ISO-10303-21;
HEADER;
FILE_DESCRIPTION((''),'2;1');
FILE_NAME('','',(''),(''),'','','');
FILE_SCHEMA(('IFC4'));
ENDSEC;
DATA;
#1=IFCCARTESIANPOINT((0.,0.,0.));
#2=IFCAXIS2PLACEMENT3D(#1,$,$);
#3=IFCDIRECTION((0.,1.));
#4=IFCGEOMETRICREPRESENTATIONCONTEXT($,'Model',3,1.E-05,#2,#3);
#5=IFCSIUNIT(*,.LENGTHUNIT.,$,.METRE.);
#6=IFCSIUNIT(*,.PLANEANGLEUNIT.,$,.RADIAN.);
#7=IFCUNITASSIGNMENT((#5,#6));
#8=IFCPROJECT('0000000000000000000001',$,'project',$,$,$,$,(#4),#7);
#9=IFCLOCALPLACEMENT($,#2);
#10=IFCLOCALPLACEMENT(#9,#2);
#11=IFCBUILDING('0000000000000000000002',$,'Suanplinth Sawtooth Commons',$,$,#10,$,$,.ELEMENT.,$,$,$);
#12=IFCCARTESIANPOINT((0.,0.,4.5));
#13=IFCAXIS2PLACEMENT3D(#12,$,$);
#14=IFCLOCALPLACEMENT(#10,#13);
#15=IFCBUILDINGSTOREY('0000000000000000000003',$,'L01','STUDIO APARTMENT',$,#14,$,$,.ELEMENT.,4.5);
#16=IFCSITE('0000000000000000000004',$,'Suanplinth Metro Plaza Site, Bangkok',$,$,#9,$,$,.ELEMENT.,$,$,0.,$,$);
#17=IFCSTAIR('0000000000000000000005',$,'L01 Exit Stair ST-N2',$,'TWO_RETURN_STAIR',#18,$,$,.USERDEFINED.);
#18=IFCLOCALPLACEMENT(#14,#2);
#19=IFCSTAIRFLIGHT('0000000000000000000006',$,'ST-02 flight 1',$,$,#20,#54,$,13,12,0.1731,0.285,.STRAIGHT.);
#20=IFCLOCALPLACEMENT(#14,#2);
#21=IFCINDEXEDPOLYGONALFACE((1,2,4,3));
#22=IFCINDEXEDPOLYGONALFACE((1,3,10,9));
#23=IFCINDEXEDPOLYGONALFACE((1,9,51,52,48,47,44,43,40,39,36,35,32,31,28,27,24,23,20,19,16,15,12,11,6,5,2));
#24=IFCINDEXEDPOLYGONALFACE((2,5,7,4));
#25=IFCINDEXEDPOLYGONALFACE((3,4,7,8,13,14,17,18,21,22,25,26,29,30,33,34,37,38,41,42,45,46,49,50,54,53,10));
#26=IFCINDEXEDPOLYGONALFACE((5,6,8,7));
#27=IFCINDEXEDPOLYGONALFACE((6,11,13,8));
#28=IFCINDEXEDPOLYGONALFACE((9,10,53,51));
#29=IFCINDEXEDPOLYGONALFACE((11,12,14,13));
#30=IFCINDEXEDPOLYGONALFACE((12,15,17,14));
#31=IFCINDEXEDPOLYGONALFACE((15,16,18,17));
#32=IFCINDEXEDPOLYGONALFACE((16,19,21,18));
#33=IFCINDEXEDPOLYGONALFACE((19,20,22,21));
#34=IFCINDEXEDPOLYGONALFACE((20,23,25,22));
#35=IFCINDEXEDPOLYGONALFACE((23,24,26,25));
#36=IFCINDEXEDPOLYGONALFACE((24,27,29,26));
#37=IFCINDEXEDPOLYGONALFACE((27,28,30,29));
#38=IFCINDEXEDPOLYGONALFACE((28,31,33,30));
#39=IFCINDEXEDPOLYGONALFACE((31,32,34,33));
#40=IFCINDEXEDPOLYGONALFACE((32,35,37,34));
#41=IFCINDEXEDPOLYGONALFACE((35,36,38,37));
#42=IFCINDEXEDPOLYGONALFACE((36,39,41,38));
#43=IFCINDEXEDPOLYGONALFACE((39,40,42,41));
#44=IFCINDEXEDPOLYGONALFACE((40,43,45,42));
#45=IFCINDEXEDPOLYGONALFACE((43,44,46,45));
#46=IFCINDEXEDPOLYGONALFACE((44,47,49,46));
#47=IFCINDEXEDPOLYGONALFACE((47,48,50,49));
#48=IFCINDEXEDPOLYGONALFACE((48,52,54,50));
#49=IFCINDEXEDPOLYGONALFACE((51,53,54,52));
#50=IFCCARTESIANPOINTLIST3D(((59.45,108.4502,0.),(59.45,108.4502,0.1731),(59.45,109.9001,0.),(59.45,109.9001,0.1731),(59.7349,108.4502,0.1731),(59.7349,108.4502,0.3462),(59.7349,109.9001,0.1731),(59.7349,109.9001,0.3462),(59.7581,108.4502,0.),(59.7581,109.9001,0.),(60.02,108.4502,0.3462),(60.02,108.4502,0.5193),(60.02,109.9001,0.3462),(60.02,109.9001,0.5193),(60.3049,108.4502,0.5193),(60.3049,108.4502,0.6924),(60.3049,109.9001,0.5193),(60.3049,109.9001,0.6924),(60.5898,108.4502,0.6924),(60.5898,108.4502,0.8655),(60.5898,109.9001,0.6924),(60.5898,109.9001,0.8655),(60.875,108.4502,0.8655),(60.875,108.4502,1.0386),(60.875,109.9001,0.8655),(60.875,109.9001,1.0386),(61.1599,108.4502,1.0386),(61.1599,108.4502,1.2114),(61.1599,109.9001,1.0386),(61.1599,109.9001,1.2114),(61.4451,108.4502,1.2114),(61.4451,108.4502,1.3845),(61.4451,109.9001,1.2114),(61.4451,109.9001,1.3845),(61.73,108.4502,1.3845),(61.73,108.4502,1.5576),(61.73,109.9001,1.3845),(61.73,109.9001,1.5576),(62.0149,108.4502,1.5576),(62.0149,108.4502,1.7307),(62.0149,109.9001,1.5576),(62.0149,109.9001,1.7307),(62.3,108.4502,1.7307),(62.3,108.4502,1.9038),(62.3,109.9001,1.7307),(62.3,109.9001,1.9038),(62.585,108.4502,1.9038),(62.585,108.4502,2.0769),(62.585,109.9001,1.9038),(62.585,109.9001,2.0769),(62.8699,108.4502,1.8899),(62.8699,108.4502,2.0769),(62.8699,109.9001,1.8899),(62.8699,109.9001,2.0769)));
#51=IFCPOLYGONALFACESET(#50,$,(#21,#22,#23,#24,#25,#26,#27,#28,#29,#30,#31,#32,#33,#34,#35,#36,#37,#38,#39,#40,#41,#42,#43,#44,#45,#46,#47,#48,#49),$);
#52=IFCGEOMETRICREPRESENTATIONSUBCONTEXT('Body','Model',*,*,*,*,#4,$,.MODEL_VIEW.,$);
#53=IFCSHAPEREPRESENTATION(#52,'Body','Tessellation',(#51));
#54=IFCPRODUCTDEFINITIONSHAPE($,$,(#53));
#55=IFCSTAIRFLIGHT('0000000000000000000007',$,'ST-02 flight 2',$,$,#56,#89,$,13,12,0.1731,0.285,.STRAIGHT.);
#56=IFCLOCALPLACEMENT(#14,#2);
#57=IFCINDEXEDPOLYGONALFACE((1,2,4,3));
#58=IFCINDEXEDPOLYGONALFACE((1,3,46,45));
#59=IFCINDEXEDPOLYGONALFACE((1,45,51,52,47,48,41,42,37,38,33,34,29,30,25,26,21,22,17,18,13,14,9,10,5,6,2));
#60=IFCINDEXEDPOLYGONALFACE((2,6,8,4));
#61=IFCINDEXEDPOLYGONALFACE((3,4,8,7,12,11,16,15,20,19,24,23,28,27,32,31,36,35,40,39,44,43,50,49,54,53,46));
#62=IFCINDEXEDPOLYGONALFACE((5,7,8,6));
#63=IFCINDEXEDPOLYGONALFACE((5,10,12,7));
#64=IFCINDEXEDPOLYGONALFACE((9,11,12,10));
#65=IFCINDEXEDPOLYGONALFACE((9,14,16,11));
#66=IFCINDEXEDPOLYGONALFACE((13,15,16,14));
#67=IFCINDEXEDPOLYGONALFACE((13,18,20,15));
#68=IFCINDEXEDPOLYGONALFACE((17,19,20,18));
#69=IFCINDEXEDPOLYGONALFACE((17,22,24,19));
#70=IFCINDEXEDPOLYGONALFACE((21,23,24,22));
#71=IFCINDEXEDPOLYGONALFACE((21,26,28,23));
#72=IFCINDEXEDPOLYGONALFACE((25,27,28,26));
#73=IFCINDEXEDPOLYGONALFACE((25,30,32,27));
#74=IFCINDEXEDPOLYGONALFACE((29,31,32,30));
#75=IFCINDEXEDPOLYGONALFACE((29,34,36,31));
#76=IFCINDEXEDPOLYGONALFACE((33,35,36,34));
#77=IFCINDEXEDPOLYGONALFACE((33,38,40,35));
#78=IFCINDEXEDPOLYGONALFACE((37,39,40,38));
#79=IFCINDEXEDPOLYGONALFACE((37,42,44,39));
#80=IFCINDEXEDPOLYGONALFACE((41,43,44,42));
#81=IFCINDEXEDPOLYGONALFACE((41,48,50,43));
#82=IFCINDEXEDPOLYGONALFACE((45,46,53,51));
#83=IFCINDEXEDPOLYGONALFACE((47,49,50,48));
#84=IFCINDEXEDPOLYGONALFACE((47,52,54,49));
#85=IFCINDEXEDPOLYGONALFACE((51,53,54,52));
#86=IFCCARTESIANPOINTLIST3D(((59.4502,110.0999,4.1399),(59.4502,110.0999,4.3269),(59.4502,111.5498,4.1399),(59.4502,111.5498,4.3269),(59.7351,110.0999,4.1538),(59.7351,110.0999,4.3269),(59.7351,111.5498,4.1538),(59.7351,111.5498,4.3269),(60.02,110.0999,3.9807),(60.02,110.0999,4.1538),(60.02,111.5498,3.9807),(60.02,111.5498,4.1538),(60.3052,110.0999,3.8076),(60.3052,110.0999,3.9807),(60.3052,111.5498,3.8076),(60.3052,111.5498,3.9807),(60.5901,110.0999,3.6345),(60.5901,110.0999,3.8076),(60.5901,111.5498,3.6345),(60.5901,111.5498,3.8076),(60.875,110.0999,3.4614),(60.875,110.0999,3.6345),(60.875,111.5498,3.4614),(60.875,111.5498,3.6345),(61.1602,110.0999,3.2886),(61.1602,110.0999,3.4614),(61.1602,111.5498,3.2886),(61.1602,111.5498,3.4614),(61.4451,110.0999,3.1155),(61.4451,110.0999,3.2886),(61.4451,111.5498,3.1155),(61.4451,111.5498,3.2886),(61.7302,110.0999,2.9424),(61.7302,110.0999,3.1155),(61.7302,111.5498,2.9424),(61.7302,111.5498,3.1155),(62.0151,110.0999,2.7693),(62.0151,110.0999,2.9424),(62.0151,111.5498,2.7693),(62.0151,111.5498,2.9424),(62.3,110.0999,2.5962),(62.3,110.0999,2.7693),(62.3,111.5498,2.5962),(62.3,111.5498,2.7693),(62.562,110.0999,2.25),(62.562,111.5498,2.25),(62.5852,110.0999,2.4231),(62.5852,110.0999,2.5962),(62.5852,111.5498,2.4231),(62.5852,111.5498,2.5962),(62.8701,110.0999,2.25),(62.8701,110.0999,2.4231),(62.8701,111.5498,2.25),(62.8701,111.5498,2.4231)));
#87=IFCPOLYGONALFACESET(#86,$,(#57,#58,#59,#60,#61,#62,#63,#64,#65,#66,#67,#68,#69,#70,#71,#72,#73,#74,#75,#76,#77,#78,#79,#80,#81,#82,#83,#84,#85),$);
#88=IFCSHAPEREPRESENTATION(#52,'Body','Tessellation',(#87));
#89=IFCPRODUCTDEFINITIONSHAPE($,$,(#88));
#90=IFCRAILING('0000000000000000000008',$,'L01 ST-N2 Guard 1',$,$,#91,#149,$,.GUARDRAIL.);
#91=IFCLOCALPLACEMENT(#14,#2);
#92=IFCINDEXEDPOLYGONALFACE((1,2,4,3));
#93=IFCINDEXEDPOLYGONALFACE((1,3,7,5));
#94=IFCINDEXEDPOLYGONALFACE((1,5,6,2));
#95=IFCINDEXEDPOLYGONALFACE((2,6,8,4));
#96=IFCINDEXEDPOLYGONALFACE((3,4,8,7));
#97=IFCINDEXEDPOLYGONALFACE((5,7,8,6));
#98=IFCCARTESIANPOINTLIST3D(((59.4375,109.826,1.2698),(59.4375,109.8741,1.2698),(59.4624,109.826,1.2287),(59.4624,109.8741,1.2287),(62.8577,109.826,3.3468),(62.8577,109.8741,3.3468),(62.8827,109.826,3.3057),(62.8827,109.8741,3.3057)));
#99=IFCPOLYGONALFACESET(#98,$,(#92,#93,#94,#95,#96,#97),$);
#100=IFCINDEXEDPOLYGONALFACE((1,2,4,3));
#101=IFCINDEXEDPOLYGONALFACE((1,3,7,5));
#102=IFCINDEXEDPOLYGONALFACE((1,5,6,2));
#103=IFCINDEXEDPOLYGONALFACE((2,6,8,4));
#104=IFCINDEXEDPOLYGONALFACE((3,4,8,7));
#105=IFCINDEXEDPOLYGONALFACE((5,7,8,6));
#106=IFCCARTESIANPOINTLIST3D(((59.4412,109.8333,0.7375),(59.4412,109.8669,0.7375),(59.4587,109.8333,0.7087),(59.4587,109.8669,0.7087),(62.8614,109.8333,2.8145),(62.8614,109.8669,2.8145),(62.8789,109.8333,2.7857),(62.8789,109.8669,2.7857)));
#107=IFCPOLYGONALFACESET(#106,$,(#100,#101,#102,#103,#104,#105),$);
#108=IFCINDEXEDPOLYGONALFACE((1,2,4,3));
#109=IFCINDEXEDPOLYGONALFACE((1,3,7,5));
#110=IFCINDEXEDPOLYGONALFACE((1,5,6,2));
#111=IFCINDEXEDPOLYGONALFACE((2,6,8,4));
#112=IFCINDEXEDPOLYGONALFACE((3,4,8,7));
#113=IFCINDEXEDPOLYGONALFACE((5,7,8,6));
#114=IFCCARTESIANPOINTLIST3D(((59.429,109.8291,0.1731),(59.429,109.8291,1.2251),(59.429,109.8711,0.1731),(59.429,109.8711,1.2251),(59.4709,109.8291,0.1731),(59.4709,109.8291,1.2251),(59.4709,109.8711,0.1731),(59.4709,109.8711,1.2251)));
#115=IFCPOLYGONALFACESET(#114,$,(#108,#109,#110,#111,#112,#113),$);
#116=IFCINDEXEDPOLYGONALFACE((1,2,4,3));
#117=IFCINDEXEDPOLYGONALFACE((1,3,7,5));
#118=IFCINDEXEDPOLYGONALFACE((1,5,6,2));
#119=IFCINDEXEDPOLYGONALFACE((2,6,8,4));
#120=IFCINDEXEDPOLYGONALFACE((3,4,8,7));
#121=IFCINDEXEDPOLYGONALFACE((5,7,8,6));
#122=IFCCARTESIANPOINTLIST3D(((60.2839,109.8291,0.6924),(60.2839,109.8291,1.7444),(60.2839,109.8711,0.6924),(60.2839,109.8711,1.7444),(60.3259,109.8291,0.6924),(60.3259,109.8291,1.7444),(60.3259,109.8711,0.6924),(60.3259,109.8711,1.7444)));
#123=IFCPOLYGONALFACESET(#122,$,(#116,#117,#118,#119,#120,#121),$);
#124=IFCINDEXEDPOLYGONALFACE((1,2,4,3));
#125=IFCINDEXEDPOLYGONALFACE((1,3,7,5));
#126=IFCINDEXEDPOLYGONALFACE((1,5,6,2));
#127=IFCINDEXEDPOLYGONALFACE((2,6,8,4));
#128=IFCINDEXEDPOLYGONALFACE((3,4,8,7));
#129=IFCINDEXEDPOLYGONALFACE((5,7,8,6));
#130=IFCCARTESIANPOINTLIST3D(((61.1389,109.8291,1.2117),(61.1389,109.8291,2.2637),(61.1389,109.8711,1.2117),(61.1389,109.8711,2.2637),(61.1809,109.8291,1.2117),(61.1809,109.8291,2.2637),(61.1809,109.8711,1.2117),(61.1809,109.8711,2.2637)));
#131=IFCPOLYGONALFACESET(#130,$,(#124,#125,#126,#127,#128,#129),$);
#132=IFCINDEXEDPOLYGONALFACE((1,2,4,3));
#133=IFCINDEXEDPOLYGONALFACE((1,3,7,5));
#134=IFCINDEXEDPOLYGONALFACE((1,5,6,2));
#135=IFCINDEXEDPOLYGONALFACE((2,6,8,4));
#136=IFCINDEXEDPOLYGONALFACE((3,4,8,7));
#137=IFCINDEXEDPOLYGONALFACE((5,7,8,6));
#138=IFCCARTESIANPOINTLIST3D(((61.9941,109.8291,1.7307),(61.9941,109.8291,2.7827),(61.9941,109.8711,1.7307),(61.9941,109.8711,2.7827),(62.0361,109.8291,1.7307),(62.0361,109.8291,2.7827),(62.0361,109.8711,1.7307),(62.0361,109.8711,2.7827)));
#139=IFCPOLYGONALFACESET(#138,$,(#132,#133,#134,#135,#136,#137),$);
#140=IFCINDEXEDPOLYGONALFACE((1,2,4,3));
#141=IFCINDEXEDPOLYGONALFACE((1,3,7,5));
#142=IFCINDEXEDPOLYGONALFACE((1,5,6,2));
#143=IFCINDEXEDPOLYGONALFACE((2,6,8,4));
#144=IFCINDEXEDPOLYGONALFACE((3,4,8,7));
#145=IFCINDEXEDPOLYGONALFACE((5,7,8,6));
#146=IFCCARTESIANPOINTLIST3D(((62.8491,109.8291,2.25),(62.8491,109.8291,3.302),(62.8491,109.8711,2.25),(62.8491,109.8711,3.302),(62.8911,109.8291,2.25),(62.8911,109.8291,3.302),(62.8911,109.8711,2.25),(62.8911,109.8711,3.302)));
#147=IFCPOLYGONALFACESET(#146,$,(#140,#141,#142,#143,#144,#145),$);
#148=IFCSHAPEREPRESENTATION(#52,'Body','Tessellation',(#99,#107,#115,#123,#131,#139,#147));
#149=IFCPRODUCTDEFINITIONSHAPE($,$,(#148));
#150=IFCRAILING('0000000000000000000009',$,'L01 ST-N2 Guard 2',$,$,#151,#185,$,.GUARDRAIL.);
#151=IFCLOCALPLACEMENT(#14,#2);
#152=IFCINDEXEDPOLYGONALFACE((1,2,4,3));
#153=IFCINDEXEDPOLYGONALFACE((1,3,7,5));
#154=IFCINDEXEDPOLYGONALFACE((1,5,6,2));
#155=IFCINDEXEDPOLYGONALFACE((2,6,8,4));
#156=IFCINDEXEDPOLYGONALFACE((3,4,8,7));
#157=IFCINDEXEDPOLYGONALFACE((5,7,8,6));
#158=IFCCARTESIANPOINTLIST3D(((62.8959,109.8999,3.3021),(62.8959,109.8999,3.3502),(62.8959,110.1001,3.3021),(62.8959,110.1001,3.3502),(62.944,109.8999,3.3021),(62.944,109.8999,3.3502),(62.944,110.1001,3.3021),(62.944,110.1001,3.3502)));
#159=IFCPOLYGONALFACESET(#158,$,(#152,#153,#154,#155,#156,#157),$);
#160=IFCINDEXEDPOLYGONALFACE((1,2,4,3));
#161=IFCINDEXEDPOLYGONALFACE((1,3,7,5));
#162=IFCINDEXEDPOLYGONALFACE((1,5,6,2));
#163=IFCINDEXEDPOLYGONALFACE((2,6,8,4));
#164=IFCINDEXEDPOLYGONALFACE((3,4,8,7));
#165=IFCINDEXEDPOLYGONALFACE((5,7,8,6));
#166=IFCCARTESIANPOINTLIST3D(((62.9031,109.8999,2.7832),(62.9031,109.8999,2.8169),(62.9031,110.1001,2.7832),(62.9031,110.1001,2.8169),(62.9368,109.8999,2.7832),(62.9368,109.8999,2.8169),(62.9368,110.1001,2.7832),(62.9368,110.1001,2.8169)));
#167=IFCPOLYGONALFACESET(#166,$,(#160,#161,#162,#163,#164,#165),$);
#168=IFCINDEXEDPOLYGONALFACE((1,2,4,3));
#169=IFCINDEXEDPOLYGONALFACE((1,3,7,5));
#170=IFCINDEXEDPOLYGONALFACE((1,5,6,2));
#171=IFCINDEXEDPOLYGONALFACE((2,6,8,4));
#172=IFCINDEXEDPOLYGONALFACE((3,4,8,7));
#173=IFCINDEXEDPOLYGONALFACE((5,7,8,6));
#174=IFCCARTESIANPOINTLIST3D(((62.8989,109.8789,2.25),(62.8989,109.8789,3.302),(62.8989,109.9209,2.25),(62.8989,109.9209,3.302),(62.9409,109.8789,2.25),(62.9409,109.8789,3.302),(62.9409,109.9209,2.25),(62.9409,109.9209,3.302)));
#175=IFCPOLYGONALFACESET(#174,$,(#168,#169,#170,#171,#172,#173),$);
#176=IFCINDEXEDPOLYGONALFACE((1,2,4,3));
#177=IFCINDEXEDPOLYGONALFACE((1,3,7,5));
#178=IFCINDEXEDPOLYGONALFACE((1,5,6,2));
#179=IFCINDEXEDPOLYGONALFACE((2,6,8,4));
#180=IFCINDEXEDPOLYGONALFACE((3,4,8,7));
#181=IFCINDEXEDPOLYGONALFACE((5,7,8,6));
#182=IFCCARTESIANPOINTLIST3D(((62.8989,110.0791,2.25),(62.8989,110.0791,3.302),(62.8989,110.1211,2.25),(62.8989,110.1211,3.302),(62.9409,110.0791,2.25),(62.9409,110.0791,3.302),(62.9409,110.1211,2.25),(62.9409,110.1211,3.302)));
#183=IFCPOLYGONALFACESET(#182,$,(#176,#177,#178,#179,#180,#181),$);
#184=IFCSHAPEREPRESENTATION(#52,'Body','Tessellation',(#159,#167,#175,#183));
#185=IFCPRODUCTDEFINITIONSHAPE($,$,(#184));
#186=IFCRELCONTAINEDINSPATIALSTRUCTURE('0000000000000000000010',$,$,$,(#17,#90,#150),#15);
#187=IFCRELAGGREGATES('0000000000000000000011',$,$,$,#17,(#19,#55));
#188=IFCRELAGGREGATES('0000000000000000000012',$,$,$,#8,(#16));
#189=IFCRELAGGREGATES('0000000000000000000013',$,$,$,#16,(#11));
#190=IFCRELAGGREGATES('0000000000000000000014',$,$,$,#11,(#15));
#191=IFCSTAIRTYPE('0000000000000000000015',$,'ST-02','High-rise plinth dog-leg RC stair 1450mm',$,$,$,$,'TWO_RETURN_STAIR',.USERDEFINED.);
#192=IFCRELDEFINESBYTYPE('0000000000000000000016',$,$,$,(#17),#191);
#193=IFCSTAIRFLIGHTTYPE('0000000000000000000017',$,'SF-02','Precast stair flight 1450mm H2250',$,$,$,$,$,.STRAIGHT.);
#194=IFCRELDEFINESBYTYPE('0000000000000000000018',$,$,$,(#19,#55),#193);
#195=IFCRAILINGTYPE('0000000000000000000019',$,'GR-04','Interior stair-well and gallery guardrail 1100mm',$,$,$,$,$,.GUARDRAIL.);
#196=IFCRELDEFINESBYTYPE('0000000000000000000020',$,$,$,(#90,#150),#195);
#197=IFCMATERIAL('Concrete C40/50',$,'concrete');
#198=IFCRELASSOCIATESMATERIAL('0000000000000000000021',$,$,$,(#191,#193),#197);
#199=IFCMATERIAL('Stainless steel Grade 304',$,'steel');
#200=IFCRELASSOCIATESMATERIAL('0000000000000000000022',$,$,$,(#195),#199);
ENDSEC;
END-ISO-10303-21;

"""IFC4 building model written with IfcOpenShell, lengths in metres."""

from ifc_helpers import new_model, si_unit, direction, frame, origin, origin_2d, place, context, subcontext, project, spatial, polyline, rectangle, outline, extrude, material, type_object, element, aggregate, save


model = new_model("IFC4")

# Units and contexts
model_context = context("Model", 3, precision=1e-05, world=origin(), true_north=direction((0.0, 1.0)))
body_context = subcontext(model_context, "Body", "Model", "MODEL_VIEW")
ifc_project = project(units=[si_unit("LENGTHUNIT", "METRE"), si_unit("PLANEANGLEUNIT", "RADIAN")], contexts=[model_context])

# Site, building, storey
site_placement = place(None, origin())
site = spatial("IfcSite", under=ifc_project, at=site_placement, Name="Suanplinth Metro Plaza Site, Bangkok", CompositionType="ELEMENT", RefElevation=0.0)
building_placement = place(site_placement, origin())
building = spatial("IfcBuilding", under=site, at=building_placement, Name="Suanplinth Sawtooth Commons", CompositionType="ELEMENT")
storey_placement = place(building_placement, frame((0.0, 0.0, 4.5)))
storey = spatial("IfcBuildingStorey", under=building, at=storey_placement, Name="L01", Description="STUDIO APARTMENT", CompositionType="ELEMENT", Elevation=4.5)

# Shared definitions
ifc_material_1 = material(Name="Concrete C40/50", Category="concrete")

# Shared definitions
ifc_material_2 = material(Name="Stainless steel Grade 304", Category="steel")

# Stair, stair flights
stair_type = type_object("IfcStairType", Name="ST-02", Description="High-rise plinth dog-leg RC stair 1450mm", ElementType="TWO_RETURN_STAIR", PredefinedType="USERDEFINED", material=ifc_material_1)
stair_placement = place(storey_placement, origin())
stair = element("IfcStair", 1, at=stair_placement, inside=storey, type_object=stair_type, Name="L01 Exit Stair ST-N2", ObjectType="TWO_RETURN_STAIR", PredefinedType="USERDEFINED")
stair_flight_type = type_object("IfcStairFlightType", Name="SF-02", Description="Precast stair flight 1450mm H2250", PredefinedType="STRAIGHT", material=ifc_material_1)
stair_flight_1_placement = place(storey_placement, frame((59.45, 109.175, 0.0), z_axis=(0.0, 0.0, 1.0), x_axis=(1.0, 0.0, 0.0)))
stair_flight_1 = element("IfcStairFlight", 2, at=stair_flight_1_placement, type_object=stair_flight_type, Name="ST-02 flight 1", NumberOfRisers=13, NumberOfTreads=12, PredefinedType="STRAIGHT", RiserHeight=0.1731, TreadLength=0.285, context=body_context, shape_type="SweptSolid", body=[
    extrude(outline(polyline([(0.0, 0.0), (0.0, 0.1731), (0.2849, 0.1731), (0.2849, 0.3462), (0.5701, 0.3462), (0.5701, 0.5193), (0.855, 0.5193), (0.855, 0.6924), (1.1399, 0.6924), (1.1399, 0.8655), (1.425, 0.8655), (1.425, 1.0386), (1.71, 1.0386), (1.71, 1.2114), (1.9951, 1.2114), (1.9951, 1.3845), (2.28, 1.3845), (2.28, 1.5576), (2.5649, 1.5576), (2.5649, 1.7307), (2.8501, 1.7307), (2.8501, 1.9038), (3.135, 1.9038), (3.135, 2.0769), (3.4199, 2.0769), (3.4199, 2.25), (3.4199, 1.8899), (0.3081, 0.0), (0.0, 0.0)])), frame((0.0, 0.7251, 0.0), z_axis=(0.0, -1.0, 0.0), x_axis=(1.0, 0.0, 0.0)), (0.0, 0.0, 1.0), 1.45),
])
stair_flight_2_placement = place(storey_placement, frame((62.8701, 110.825, 2.25), z_axis=(0.0, 0.0, 1.0), x_axis=(-1.0, 0.0, 0.0)))
stair_flight_2 = element("IfcStairFlight", 3, at=stair_flight_2_placement, type_object=stair_flight_type, Name="ST-02 flight 2", NumberOfRisers=13, NumberOfTreads=12, PredefinedType="STRAIGHT", RiserHeight=0.1731, TreadLength=0.285, context=body_context, shape_type="SweptSolid", body=[
    extrude(outline(polyline([(0.0, 0.0), (0.0, 0.1731), (0.2849, 0.1731), (0.2849, 0.3462), (0.5701, 0.3462), (0.5701, 0.5193), (0.855, 0.5193), (0.855, 0.6924), (1.1399, 0.6924), (1.1399, 0.8655), (1.425, 0.8655), (1.425, 1.0386), (1.71, 1.0386), (1.71, 1.2114), (1.9951, 1.2114), (1.9951, 1.3845), (2.28, 1.3845), (2.28, 1.5576), (2.5649, 1.5576), (2.5649, 1.7307), (2.8501, 1.7307), (2.8501, 1.9038), (3.135, 1.9038), (3.135, 2.0769), (3.4199, 2.0769), (3.4199, 2.25), (3.4199, 1.8899), (0.3081, 0.0), (0.0, 0.0)])), frame((0.0, 0.7251, 0.0), z_axis=(0.0, -1.0, 0.0), x_axis=(1.0, 0.0, 0.0)), (0.0, 0.0, 1.0), 1.45),
])
aggregate(stair, [stair_flight_1, stair_flight_2])

# Railings
railing_type_1 = type_object("IfcRailingType", Name="GR-04", Description="Interior stair-well and gallery guardrail 1100mm", PredefinedType="GUARDRAIL", material=ifc_material_2)
railing_1_placement = place(storey_placement, frame((59.45, 109.8501, 0.1731)))
element("IfcRailing", 4, at=railing_1_placement, inside=storey, type_object=railing_type_1, Name="L01 ST-N2 Guard 1", PredefinedType="GUARDRAIL", context=body_context, shape_type="SweptSolid", body=[
    extrude(rectangle(XDim=0.0481, YDim=0.0481, at=origin_2d()), frame((0.0, 0.0, 1.0762), z_axis=(0.854746, 0.0, 0.519047), x_axis=(0.0, 1.0, 0.0)), (0.0, 0.0, 1.0), 4.0015),
    extrude(rectangle(XDim=0.0337, YDim=0.0337, at=origin_2d()), frame((0.0, 0.0, 0.55), z_axis=(0.854746, 0.0, 0.519047), x_axis=(0.0, 1.0, 0.0)), (0.0, 0.0, 1.0), 4.0015),
    extrude(rectangle(XDim=0.042, YDim=0.042, at=origin_2d()), origin(), (0.0, 0.0, 1.0), 1.052),
    extrude(rectangle(XDim=0.042, YDim=0.042, at=origin_2d()), frame((0.855, 0.0, 0.5193)), (0.0, 0.0, 1.0), 1.052),
    extrude(rectangle(XDim=0.042, YDim=0.042, at=origin_2d()), frame((1.71, 0.0, 1.0386)), (0.0, 0.0, 1.0), 1.052),
    extrude(rectangle(XDim=0.042, YDim=0.042, at=origin_2d()), frame((2.5652, 0.0, 1.5576)), (0.0, 0.0, 1.0), 1.052),
    extrude(rectangle(XDim=0.042, YDim=0.042, at=origin_2d()), frame((3.4202, 0.0, 2.0769)), (0.0, 0.0, 1.0), 1.052),
])
railing_2_placement = place(storey_placement, frame((62.9199, 109.8999, 2.25)))
element("IfcRailing", 5, at=railing_2_placement, inside=storey, type_object=railing_type_1, Name="L01 ST-N2 Guard 2", PredefinedType="GUARDRAIL", context=body_context, shape_type="SweptSolid", body=[
    extrude(rectangle(XDim=0.0481, YDim=0.0481, at=origin_2d()), frame((0.0, 0.0, 1.0762), z_axis=(0.0, 1.0, 0.0), x_axis=(-1.0, 0.0, 0.0)), (0.0, 0.0, 1.0), 0.2002),
    extrude(rectangle(XDim=0.0337, YDim=0.0337, at=origin_2d()), frame((0.0, 0.0, 0.55), z_axis=(0.0, 1.0, 0.0), x_axis=(-1.0, 0.0, 0.0)), (0.0, 0.0, 1.0), 0.2002),
    extrude(rectangle(XDim=0.042, YDim=0.042, at=origin_2d()), origin(), (0.0, 0.0, 1.0), 1.052),
    extrude(rectangle(XDim=0.042, YDim=0.042, at=origin_2d()), frame((0.0, 0.2002, 0.0)), (0.0, 0.0, 1.0), 1.052),
])

save(model, "model.ifc")
